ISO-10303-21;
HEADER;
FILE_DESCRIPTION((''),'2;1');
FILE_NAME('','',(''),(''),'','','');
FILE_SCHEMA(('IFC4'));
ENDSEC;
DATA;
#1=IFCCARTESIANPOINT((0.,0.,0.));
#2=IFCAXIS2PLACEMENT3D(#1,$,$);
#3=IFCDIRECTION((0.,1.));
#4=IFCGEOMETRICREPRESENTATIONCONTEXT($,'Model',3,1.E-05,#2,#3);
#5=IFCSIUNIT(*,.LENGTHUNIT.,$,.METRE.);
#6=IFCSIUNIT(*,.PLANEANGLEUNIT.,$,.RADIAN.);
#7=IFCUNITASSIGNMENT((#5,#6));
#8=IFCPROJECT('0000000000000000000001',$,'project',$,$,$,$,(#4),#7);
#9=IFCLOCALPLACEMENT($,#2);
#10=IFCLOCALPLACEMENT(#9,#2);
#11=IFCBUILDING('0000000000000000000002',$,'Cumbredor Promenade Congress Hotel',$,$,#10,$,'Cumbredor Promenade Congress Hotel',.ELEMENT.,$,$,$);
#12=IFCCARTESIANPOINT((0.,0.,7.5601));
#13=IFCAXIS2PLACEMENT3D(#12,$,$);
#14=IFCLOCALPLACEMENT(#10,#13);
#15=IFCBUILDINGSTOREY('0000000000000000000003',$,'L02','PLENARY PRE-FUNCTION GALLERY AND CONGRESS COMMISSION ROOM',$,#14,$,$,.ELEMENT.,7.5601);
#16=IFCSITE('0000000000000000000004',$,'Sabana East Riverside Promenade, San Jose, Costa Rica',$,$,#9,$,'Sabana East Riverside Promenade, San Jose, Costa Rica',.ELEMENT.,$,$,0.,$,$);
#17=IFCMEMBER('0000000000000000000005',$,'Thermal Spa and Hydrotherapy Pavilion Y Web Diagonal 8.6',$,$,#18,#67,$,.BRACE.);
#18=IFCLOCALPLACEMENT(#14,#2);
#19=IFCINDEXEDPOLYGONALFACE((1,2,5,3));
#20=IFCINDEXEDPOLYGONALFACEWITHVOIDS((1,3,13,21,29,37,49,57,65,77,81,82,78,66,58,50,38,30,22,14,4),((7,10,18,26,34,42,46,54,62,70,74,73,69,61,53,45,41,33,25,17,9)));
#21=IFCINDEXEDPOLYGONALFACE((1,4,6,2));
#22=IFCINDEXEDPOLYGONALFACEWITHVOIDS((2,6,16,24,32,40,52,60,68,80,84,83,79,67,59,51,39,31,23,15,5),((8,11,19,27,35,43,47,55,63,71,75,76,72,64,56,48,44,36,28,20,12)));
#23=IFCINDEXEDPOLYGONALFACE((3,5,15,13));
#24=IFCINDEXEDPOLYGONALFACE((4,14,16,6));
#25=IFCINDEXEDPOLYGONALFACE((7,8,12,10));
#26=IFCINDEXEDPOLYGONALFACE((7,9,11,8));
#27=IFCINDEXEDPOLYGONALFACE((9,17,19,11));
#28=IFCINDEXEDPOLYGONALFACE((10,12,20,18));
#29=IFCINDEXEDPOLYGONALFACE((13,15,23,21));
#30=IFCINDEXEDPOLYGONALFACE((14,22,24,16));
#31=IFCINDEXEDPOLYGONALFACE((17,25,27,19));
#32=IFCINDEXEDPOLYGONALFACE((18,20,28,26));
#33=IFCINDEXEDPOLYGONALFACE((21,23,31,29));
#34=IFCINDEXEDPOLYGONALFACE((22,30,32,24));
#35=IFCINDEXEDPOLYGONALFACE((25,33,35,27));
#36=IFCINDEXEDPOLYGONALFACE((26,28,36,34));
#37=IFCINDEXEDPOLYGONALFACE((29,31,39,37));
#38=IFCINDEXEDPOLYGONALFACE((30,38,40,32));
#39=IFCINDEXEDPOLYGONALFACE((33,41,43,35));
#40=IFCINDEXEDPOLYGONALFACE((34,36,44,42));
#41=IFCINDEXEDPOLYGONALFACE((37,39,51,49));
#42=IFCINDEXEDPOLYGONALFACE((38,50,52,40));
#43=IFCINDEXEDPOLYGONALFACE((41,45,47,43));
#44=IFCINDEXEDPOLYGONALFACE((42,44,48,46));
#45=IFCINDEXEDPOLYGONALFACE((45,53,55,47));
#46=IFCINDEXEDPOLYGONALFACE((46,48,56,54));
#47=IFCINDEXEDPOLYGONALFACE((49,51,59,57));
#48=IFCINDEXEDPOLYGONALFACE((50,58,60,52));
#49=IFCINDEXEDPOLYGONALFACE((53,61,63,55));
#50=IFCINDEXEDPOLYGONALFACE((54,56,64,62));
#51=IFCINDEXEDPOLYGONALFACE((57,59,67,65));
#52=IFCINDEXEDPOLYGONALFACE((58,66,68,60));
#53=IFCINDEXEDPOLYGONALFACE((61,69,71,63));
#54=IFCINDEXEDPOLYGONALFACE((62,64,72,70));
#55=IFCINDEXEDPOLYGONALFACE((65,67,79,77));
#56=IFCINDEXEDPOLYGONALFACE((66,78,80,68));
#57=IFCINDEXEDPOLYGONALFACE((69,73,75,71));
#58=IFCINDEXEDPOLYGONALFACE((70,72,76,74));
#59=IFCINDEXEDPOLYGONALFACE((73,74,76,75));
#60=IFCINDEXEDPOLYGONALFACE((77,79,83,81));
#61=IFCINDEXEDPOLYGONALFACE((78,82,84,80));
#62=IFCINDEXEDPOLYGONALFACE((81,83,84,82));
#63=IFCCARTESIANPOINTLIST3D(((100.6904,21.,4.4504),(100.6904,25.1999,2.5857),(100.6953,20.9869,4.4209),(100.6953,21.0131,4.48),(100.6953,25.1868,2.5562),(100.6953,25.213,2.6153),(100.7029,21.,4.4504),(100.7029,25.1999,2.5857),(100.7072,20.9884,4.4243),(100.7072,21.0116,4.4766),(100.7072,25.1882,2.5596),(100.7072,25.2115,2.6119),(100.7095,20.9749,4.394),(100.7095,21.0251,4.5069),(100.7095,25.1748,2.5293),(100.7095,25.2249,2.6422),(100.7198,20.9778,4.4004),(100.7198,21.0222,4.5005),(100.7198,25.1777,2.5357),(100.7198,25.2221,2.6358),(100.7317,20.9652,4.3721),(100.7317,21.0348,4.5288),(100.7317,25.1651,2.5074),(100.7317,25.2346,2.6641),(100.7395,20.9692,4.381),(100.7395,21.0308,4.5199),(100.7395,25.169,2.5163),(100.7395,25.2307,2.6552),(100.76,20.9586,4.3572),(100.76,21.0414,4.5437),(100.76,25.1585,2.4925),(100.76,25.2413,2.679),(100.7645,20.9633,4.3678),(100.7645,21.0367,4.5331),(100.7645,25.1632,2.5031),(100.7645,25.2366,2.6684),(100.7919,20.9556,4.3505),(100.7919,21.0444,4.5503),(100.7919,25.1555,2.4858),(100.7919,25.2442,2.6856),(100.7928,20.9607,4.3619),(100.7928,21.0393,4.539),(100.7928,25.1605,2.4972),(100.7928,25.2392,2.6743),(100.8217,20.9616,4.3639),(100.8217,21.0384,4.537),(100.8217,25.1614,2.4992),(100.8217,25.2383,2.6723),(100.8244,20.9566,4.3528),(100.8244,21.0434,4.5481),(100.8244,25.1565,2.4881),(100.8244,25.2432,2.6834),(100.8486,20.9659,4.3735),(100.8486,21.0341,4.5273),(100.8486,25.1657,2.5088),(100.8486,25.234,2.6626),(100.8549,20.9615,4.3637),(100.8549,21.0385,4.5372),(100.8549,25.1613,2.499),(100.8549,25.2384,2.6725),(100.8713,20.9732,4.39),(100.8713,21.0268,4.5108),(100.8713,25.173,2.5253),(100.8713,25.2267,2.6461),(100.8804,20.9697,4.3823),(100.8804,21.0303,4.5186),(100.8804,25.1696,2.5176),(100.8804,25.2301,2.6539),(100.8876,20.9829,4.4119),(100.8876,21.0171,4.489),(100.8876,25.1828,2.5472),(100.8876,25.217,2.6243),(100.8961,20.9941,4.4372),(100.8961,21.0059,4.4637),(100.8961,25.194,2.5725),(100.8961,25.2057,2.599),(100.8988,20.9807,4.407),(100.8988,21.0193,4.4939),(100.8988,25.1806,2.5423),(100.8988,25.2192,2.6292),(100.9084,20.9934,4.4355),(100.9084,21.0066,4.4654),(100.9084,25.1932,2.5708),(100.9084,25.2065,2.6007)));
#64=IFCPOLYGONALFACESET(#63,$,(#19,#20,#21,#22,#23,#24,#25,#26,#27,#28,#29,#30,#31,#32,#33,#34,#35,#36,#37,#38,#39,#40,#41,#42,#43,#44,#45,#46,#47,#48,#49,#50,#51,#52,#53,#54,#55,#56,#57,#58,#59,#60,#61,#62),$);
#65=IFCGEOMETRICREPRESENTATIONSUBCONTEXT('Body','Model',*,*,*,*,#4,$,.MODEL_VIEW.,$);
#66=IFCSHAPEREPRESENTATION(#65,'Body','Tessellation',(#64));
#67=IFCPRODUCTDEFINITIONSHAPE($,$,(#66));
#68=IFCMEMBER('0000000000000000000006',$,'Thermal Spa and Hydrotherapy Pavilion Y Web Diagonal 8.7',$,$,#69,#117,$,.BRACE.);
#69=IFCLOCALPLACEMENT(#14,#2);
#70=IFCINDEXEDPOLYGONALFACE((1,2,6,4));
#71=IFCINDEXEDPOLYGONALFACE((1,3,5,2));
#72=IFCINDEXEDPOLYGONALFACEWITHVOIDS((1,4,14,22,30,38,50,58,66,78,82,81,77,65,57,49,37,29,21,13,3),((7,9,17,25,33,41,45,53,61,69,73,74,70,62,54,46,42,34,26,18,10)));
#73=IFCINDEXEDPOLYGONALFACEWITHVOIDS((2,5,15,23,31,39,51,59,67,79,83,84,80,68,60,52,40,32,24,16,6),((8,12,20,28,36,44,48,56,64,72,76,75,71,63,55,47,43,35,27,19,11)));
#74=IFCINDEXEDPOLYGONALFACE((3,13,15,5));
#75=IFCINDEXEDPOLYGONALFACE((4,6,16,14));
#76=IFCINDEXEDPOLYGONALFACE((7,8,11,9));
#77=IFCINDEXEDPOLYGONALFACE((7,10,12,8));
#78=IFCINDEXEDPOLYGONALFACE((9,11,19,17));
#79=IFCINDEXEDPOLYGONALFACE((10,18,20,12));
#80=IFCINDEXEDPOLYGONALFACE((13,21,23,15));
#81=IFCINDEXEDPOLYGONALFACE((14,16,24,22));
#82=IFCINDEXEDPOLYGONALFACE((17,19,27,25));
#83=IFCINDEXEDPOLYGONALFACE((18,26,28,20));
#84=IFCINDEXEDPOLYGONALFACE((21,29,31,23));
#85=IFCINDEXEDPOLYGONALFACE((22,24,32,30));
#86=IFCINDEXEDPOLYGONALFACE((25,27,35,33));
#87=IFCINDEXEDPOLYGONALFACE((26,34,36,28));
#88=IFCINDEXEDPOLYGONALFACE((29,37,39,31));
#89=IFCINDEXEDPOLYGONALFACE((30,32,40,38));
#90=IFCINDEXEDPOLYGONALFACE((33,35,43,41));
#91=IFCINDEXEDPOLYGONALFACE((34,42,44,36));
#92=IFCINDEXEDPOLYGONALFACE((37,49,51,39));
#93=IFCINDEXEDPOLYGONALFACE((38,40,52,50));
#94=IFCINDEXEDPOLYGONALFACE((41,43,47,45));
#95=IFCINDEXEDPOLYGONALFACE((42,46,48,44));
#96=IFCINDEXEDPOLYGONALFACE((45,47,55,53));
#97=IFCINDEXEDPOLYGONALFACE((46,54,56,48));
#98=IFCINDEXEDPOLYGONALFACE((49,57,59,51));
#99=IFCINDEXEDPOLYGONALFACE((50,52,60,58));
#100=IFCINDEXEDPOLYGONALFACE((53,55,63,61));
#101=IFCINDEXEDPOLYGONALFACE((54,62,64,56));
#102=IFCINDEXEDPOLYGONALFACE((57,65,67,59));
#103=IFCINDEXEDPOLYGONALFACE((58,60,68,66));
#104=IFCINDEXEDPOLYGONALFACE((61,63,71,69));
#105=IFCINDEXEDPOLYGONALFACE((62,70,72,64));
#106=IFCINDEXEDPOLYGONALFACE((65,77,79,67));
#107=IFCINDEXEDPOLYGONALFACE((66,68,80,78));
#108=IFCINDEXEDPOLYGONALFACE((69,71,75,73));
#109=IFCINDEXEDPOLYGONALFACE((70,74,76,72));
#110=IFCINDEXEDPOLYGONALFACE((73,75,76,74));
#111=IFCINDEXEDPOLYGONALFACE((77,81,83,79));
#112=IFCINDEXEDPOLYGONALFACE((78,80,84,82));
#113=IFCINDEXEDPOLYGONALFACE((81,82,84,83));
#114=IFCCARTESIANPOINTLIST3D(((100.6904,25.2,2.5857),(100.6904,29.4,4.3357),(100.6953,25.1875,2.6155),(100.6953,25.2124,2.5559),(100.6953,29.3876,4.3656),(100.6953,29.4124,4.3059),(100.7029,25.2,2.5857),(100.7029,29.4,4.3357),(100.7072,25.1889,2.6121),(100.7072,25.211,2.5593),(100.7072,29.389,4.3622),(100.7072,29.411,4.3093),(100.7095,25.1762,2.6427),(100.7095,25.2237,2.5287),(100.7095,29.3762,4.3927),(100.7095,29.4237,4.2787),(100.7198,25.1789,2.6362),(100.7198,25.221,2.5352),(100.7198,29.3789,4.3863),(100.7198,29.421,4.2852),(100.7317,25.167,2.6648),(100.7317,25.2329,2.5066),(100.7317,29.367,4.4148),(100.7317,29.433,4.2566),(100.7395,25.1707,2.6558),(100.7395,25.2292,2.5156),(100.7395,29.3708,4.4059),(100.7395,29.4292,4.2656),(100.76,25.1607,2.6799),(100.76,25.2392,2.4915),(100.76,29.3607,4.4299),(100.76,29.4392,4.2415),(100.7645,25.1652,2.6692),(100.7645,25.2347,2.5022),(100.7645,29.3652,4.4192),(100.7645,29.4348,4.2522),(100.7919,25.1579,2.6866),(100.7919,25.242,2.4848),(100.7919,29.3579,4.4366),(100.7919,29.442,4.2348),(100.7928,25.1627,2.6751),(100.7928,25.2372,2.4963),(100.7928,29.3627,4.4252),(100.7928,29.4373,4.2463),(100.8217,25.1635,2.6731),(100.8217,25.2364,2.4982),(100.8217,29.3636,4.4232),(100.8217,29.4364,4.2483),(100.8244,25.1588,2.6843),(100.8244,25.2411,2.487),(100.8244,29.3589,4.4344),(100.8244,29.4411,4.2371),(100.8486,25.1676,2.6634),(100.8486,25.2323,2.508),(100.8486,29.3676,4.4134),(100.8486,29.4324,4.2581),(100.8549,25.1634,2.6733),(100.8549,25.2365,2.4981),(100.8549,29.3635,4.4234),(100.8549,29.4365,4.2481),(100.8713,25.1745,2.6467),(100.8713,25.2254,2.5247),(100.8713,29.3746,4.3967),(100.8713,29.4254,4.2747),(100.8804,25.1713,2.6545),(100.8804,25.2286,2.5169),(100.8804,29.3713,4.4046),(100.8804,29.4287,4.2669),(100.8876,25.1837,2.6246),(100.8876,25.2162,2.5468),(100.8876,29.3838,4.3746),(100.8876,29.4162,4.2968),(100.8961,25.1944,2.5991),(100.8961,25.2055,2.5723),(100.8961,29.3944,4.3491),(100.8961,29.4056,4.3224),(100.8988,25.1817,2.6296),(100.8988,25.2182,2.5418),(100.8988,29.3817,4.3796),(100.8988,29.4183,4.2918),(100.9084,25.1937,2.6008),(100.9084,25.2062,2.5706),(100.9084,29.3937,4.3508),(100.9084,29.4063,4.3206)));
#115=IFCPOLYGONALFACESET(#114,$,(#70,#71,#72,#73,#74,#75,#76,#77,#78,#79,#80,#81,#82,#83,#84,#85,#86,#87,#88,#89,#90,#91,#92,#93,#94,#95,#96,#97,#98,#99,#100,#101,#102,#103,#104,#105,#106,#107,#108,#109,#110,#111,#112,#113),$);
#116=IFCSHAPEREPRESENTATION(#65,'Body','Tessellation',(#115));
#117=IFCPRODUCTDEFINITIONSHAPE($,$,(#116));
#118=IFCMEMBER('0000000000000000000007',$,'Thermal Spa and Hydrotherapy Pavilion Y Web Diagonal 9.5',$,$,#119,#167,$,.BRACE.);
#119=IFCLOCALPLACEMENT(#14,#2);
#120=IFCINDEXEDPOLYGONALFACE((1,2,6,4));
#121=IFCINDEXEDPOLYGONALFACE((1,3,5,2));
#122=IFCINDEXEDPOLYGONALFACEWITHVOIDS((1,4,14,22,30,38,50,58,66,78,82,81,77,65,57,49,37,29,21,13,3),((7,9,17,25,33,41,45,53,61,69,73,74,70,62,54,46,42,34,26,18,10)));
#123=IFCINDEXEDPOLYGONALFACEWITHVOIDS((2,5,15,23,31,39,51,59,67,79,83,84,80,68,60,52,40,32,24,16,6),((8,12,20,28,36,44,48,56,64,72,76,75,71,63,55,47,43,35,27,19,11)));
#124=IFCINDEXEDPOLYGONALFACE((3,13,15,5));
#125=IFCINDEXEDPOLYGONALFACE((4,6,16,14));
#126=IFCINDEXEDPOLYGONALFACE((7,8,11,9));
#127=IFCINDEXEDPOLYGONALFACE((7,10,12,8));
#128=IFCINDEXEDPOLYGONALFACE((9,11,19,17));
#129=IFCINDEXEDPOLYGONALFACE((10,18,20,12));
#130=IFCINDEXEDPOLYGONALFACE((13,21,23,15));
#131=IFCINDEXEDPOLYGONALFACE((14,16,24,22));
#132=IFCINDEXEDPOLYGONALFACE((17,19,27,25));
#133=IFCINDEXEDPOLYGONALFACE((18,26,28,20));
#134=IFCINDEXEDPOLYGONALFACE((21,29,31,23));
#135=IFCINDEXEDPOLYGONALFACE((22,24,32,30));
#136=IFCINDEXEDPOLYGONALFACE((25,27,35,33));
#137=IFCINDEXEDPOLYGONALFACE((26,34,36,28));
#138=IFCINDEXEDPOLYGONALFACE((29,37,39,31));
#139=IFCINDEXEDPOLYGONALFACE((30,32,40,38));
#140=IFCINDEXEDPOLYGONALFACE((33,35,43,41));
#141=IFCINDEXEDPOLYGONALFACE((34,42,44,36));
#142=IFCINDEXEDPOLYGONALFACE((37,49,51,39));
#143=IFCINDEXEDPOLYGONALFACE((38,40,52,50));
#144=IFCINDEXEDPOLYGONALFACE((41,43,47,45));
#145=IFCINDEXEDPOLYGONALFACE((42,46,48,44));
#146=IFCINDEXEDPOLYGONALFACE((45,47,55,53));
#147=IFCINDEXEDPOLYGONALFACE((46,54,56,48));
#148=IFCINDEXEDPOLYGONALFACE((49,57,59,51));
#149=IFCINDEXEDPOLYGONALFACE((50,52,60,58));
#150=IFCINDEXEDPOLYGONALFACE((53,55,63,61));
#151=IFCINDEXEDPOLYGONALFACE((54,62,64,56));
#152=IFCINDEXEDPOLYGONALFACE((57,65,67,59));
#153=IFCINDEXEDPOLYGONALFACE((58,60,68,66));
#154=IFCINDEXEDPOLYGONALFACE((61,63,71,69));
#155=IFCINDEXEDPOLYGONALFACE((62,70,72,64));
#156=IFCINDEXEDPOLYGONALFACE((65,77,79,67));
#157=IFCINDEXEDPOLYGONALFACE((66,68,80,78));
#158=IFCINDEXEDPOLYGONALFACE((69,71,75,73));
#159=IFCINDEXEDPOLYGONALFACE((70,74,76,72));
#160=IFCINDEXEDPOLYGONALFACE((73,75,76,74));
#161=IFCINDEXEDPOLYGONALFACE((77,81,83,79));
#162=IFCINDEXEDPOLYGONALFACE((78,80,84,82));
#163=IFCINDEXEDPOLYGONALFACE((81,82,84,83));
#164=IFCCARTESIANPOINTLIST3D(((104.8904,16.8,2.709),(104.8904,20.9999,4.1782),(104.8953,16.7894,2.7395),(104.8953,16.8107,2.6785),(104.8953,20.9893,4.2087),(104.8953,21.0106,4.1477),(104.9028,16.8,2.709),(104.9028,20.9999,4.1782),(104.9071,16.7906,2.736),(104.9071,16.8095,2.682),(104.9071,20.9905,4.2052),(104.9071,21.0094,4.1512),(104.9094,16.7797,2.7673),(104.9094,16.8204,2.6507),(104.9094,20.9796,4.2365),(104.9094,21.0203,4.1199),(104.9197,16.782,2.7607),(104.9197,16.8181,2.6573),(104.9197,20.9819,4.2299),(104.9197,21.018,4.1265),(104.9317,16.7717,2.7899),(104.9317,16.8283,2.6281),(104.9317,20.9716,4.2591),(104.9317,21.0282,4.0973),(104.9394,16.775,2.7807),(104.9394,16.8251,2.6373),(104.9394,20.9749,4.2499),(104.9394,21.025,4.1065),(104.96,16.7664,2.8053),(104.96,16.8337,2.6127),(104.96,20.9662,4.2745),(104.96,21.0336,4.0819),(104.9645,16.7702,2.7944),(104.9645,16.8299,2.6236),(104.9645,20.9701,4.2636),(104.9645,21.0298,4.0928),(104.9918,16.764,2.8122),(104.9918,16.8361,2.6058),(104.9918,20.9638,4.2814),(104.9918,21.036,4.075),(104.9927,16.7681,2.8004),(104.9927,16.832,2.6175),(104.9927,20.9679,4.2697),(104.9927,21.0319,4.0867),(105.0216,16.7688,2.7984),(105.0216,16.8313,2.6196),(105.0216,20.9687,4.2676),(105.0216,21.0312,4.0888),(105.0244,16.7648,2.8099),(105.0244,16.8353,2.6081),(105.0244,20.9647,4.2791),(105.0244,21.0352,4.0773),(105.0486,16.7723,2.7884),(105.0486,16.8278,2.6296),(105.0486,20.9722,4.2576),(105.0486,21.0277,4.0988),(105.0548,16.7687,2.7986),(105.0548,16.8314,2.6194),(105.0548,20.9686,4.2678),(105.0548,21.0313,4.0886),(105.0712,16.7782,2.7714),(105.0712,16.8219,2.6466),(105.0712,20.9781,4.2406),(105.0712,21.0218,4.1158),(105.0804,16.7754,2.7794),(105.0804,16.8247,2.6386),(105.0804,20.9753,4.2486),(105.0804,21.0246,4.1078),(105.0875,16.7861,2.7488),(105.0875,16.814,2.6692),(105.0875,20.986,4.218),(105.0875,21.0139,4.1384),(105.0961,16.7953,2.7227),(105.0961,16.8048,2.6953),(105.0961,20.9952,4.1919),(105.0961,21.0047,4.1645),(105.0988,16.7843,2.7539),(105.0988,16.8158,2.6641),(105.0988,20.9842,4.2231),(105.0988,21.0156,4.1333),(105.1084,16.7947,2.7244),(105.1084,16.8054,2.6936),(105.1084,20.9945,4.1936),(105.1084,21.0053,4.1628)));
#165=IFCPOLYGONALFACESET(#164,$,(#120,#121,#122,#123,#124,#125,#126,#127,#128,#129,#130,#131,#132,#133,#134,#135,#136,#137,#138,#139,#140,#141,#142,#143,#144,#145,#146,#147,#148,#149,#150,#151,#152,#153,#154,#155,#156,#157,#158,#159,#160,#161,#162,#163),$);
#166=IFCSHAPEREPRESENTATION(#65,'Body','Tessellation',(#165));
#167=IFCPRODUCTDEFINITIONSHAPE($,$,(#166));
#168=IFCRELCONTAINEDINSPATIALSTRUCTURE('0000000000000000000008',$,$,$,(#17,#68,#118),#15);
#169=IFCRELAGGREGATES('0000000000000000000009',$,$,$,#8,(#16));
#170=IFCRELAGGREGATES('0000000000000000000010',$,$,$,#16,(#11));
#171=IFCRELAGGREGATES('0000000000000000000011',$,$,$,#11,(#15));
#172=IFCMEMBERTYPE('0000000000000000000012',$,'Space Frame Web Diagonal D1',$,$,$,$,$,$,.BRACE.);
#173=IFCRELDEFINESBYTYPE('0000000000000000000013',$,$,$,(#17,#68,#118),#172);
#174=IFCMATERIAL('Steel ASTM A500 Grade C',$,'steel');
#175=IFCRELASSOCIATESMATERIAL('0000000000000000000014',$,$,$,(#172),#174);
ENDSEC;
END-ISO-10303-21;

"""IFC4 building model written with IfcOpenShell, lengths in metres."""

from ifc_helpers import new_model, si_unit, direction, frame, origin, origin_2d, place, context, subcontext, project, spatial, hollow_circle, extrude, material, material_profile, profile_set, type_object, element, save


model = new_model("IFC4")

# Units and contexts
model_context = context("Model", 3, precision=1e-05, world=origin(), true_north=direction((0.0, 1.0)))
body_context = subcontext(model_context, "Body", "Model", "MODEL_VIEW")
ifc_project = project(units=[si_unit("LENGTHUNIT", "METRE"), si_unit("PLANEANGLEUNIT", "RADIAN")], contexts=[model_context])

# Site, building, storey
site_placement = place(None, origin())
site = spatial("IfcSite", under=ifc_project, at=site_placement, Name="Sabana East Riverside Promenade, San Jose, Costa Rica", LongName="Sabana East Riverside Promenade, San Jose, Costa Rica", CompositionType="ELEMENT", RefElevation=0.0)
building_placement = place(site_placement, origin())
building = spatial("IfcBuilding", under=site, at=building_placement, Name="Cumbredor Promenade Congress Hotel", LongName="Cumbredor Promenade Congress Hotel", CompositionType="ELEMENT")
storey_placement = place(building_placement, frame((0.0, 0.0, 7.5601)))
storey = spatial("IfcBuildingStorey", under=building, at=storey_placement, Name="L02", Description="PLENARY PRE-FUNCTION GALLERY AND CONGRESS COMMISSION ROOM", CompositionType="ELEMENT", Elevation=7.5601)

# Members
ifc_material_1 = material(Name="Steel ASTM A500 Grade C", Category="steel")
ifc_material_profile_1 = material_profile(ifc_material_1, hollow_circle(Radius=0.1096, WallThickness=0.0125, at=origin_2d()), Name="CHS 219.1x12.5")
ifc_profile_set_1 = profile_set([ifc_material_profile_1], Name="Steel ASTM A500 Grade C")
member_type_1 = type_object("IfcMemberType", Name="Space Frame Web Diagonal D1", PredefinedType="BRACE", material=ifc_profile_set_1)
member_1_placement = place(storey_placement, frame((100.8, 21.0, 4.4504), z_axis=(0.0, 0.913965, -0.405793), x_axis=(-1.0, 0.0, 0.0)))
element("IfcMember", 1, at=member_1_placement, inside=storey, type_object=member_type_1, Name="Thermal Spa and Hydrotherapy Pavilion Y Web Diagonal 8.6", PredefinedType="BRACE", context=body_context, shape_type="SweptSolid", body=[
    extrude(hollow_circle(Radius=0.1096, WallThickness=0.0125, at=origin_2d()), origin(), (0.0, 0.0, 1.0), 4.5952),
])
member_2_placement = place(storey_placement, frame((100.8, 25.2, 2.5857), z_axis=(0.0, 0.923075, 0.384619), x_axis=(-1.0, 0.0, 0.0)))
element("IfcMember", 2, at=member_2_placement, inside=storey, type_object=member_type_1, Name="Thermal Spa and Hydrotherapy Pavilion Y Web Diagonal 8.7", PredefinedType="BRACE", context=body_context, shape_type="SweptSolid", body=[
    extrude(hollow_circle(Radius=0.1096, WallThickness=0.0125, at=origin_2d()), origin(), (0.0, 0.0, 1.0), 4.55),
])
member_3_placement = place(storey_placement, frame((105.0, 16.8, 2.709), z_axis=(0.0, 0.943911, 0.330201), x_axis=(-1.0, 0.0, 0.0)))
element("IfcMember", 3, at=member_3_placement, inside=storey, type_object=member_type_1, Name="Thermal Spa and Hydrotherapy Pavilion Y Web Diagonal 9.5", PredefinedType="BRACE", context=body_context, shape_type="SweptSolid", body=[
    extrude(hollow_circle(Radius=0.1096, WallThickness=0.0125, at=origin_2d()), origin(), (0.0, 0.0, 1.0), 4.4495),
])

save(model, "model.ifc")
